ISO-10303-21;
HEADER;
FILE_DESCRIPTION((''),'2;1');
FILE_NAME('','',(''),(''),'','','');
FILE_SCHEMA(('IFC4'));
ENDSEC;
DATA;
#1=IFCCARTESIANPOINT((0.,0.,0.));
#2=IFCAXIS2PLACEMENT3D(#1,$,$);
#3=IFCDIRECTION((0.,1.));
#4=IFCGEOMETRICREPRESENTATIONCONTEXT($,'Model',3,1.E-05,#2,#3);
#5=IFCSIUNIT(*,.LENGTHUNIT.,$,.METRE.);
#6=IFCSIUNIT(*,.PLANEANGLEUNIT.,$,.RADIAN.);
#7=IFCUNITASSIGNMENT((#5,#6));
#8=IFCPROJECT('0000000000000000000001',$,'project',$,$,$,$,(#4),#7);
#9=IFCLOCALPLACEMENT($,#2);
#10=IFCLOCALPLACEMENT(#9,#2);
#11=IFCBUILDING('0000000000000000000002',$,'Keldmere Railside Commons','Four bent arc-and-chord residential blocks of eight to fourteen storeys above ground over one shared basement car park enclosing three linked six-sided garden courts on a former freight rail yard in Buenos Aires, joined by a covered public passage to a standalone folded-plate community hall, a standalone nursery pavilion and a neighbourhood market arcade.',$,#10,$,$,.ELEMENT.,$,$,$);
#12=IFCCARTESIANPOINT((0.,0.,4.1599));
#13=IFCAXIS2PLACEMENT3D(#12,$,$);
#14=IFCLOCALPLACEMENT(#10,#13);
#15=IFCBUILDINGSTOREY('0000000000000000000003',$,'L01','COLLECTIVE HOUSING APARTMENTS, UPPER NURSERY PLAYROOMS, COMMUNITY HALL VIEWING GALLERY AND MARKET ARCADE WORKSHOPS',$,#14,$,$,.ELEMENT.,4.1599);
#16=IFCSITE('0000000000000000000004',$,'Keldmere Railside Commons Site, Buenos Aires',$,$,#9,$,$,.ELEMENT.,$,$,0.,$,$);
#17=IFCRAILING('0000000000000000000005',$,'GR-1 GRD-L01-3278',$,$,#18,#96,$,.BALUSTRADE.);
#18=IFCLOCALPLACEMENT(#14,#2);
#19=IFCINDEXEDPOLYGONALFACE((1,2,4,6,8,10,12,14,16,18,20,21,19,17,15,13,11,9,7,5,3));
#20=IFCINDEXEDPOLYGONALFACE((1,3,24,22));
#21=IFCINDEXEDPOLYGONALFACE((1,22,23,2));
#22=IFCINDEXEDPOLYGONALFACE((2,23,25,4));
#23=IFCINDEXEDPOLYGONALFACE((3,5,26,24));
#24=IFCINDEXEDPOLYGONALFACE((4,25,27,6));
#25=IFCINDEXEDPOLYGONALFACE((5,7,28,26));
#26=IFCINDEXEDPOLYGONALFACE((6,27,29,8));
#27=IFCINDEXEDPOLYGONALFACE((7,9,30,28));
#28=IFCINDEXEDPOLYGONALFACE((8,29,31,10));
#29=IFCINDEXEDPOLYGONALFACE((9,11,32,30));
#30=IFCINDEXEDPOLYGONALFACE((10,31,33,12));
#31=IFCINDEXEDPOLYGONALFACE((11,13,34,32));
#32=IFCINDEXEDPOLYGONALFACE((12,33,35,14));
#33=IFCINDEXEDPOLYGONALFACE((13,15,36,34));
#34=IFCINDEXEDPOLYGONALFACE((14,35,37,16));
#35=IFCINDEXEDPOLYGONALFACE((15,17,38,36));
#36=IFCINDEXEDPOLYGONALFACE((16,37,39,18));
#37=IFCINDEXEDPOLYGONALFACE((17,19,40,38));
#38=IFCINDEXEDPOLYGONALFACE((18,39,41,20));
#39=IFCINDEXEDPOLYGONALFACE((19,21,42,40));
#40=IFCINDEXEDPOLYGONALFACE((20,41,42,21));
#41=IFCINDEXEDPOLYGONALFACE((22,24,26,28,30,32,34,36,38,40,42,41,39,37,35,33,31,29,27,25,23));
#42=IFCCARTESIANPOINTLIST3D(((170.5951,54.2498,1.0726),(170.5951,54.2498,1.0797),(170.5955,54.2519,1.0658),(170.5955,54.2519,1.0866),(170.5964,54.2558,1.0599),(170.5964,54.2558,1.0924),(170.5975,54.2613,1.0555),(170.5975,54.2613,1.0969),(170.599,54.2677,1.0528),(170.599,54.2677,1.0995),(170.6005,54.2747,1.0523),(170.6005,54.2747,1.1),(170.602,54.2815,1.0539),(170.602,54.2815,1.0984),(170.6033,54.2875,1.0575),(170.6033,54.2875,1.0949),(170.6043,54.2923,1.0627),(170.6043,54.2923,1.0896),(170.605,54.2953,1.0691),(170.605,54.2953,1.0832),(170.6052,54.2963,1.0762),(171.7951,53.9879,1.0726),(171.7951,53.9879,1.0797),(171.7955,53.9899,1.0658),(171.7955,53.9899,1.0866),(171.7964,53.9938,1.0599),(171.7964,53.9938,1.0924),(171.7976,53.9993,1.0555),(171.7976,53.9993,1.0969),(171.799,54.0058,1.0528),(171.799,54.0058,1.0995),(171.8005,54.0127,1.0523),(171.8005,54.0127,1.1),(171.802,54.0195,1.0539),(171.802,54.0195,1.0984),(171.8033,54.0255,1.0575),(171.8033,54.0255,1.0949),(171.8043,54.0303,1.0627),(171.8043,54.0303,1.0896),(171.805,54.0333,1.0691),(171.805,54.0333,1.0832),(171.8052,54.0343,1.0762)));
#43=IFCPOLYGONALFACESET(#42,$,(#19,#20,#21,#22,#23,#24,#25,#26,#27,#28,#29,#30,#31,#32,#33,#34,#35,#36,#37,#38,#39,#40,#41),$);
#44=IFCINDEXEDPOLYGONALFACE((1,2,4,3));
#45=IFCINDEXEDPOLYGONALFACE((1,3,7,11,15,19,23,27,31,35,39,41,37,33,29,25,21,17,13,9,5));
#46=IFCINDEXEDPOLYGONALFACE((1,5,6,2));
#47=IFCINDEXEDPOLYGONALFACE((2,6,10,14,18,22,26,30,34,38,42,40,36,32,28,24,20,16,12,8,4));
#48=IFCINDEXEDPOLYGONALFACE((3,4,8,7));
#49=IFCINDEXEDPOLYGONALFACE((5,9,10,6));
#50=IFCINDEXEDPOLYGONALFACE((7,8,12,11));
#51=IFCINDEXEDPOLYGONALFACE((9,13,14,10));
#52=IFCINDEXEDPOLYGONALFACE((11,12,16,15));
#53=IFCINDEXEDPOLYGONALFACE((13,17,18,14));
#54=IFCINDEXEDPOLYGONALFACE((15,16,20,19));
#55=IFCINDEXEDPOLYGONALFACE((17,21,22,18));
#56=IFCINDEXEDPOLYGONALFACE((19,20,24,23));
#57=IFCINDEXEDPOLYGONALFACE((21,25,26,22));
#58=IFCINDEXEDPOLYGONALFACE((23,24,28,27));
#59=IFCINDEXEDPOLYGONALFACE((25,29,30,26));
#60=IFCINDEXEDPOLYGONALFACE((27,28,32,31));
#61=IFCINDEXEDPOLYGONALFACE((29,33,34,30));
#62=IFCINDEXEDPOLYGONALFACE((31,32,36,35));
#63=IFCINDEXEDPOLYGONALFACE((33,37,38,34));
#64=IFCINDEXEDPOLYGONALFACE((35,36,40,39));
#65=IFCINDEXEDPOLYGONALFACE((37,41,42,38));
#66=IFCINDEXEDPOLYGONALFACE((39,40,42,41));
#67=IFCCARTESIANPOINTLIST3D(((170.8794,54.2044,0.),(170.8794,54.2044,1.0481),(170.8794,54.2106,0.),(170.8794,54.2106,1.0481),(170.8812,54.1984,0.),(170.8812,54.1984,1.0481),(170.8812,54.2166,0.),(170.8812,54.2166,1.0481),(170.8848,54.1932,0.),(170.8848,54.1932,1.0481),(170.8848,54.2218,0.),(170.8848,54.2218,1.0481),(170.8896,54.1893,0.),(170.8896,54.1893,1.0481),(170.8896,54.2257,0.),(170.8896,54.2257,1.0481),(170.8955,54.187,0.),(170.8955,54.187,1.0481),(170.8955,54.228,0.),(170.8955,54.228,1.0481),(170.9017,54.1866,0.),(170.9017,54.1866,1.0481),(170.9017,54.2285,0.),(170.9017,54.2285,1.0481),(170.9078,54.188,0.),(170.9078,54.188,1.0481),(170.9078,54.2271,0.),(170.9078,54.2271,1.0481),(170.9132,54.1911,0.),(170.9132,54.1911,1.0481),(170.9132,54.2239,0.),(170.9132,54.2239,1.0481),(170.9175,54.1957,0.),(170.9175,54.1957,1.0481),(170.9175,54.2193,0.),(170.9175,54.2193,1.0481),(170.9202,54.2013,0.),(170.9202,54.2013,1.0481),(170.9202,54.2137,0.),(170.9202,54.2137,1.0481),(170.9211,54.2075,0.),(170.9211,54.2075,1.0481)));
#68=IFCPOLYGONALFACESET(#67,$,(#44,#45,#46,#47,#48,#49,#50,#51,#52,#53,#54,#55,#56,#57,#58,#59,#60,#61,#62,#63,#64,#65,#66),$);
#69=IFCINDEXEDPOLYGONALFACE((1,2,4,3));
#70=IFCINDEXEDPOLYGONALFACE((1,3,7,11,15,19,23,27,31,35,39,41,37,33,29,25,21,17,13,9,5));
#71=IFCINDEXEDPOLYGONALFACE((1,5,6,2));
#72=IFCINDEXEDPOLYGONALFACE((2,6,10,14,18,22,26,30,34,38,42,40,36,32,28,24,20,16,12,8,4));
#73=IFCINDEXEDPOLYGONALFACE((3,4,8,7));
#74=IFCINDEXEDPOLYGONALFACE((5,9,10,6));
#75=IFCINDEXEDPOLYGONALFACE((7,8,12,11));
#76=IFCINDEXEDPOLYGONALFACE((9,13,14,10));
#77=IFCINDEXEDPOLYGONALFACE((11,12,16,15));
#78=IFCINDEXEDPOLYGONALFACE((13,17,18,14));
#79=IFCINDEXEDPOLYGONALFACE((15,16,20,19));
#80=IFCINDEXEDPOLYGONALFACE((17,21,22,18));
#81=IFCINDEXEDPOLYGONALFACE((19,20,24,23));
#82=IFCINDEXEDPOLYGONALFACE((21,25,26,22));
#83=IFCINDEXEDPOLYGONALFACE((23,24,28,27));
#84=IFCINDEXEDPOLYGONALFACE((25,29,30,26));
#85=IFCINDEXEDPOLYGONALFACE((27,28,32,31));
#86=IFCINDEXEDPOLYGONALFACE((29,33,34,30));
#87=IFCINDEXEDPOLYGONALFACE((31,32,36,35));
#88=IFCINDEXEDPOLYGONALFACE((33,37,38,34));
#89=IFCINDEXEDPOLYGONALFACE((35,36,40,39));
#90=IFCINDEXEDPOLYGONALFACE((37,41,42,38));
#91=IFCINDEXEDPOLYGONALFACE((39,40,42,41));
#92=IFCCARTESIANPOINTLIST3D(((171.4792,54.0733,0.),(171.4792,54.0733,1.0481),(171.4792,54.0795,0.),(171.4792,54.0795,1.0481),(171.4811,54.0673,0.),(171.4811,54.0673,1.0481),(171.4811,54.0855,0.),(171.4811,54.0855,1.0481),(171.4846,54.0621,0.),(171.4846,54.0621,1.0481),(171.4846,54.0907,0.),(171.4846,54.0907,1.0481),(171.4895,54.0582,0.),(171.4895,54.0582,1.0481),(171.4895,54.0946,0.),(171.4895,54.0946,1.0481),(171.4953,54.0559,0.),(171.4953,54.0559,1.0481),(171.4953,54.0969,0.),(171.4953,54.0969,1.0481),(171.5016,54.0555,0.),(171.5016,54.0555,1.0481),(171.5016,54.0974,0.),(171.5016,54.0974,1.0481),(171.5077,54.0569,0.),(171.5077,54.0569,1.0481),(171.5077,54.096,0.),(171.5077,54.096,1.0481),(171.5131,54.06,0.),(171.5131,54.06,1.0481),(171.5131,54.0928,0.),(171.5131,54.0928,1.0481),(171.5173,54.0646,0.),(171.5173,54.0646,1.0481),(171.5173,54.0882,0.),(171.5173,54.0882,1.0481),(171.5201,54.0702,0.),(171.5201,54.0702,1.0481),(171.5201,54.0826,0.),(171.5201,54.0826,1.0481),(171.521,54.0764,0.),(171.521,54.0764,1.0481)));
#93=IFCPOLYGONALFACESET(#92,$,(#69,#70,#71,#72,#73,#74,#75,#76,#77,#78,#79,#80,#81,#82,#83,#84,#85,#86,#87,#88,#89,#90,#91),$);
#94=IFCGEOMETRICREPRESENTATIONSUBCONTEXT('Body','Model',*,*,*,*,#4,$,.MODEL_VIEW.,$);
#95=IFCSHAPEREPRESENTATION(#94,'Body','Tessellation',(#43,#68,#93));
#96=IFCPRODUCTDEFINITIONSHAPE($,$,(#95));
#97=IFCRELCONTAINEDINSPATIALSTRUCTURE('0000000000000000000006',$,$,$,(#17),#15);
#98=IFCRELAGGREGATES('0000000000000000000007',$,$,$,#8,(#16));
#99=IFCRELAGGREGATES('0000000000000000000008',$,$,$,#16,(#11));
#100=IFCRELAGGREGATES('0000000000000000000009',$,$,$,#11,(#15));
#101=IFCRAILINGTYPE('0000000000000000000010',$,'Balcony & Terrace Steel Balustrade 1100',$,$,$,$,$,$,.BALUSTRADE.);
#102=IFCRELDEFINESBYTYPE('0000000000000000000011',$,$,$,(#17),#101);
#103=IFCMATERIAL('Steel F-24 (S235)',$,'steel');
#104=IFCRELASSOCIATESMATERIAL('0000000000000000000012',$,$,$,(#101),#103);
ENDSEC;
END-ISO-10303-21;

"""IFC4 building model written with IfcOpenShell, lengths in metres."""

from ifc_helpers import new_model, si_unit, direction, frame, origin, origin_2d, place, context, subcontext, project, spatial, circle, extrude, material, type_object, element, save


model = new_model("IFC4")

# Units and contexts
model_context = context("Model", 3, precision=1e-05, world=origin(), true_north=direction((0.0, 1.0)))
body_context = subcontext(model_context, "Body", "Model", "MODEL_VIEW")
ifc_project = project(units=[si_unit("LENGTHUNIT", "METRE"), si_unit("PLANEANGLEUNIT", "RADIAN")], contexts=[model_context])

# Site, building, storey
site_placement = place(None, origin())
site = spatial("IfcSite", under=ifc_project, at=site_placement, Name="Keldmere Railside Commons Site, Buenos Aires", CompositionType="ELEMENT", RefElevation=0.0)
building_placement = place(site_placement, origin())
building = spatial("IfcBuilding", under=site, at=building_placement, Name="Keldmere Railside Commons", Description="Four bent arc-and-chord residential blocks of eight to fourteen storeys above ground over one shared basement car park enclosing three linked six-sided garden courts on a former freight rail yard in Buenos Aires, joined by a covered public passage to a standalone folded-plate community hall, a standalone nursery pavilion and a neighbourhood market arcade.", CompositionType="ELEMENT")
storey_placement = place(building_placement, frame((0.0, 0.0, 4.1599)))
storey = spatial("IfcBuildingStorey", under=building, at=storey_placement, Name="L01", Description="COLLECTIVE HOUSING APARTMENTS, UPPER NURSERY PLAYROOMS, COMMUNITY HALL VIEWING GALLERY AND MARKET ARCADE WORKSHOPS", CompositionType="ELEMENT", Elevation=4.1599)

# Railing
ifc_material_1 = material(Name="Steel F-24 (S235)", Category="steel")
railing_type = type_object("IfcRailingType", Name="Balcony & Terrace Steel Balustrade 1100", PredefinedType="BALUSTRADE", material=ifc_material_1)
railing_1_placement = place(storey_placement, frame((170.6001, 54.2729, 0.0)))
element("IfcRailing", 1, at=railing_1_placement, inside=storey, type_object=railing_type, Name="GR-1 GRD-L01-3278", PredefinedType="BALUSTRADE", context=body_context, shape_type="SweptSolid", body=[
    extrude(circle(Radius=0.0239, at=origin_2d()), frame((0.0, 0.0, 1.0762), z_axis=(0.976989, -0.213288, 0.0), x_axis=(0.213288, 0.976989, 0.0)), (0.0, 0.0, 1.0), 1.2283),
    extrude(circle(Radius=0.021, at=origin_2d()), frame((0.3, -0.0654, 0.0)), (0.0, 0.0, 1.0), 1.0481),
    extrude(circle(Radius=0.021, at=origin_2d()), frame((0.8999, -0.1965, 0.0)), (0.0, 0.0, 1.0), 1.0481),
])

save(model, "model.ifc")
